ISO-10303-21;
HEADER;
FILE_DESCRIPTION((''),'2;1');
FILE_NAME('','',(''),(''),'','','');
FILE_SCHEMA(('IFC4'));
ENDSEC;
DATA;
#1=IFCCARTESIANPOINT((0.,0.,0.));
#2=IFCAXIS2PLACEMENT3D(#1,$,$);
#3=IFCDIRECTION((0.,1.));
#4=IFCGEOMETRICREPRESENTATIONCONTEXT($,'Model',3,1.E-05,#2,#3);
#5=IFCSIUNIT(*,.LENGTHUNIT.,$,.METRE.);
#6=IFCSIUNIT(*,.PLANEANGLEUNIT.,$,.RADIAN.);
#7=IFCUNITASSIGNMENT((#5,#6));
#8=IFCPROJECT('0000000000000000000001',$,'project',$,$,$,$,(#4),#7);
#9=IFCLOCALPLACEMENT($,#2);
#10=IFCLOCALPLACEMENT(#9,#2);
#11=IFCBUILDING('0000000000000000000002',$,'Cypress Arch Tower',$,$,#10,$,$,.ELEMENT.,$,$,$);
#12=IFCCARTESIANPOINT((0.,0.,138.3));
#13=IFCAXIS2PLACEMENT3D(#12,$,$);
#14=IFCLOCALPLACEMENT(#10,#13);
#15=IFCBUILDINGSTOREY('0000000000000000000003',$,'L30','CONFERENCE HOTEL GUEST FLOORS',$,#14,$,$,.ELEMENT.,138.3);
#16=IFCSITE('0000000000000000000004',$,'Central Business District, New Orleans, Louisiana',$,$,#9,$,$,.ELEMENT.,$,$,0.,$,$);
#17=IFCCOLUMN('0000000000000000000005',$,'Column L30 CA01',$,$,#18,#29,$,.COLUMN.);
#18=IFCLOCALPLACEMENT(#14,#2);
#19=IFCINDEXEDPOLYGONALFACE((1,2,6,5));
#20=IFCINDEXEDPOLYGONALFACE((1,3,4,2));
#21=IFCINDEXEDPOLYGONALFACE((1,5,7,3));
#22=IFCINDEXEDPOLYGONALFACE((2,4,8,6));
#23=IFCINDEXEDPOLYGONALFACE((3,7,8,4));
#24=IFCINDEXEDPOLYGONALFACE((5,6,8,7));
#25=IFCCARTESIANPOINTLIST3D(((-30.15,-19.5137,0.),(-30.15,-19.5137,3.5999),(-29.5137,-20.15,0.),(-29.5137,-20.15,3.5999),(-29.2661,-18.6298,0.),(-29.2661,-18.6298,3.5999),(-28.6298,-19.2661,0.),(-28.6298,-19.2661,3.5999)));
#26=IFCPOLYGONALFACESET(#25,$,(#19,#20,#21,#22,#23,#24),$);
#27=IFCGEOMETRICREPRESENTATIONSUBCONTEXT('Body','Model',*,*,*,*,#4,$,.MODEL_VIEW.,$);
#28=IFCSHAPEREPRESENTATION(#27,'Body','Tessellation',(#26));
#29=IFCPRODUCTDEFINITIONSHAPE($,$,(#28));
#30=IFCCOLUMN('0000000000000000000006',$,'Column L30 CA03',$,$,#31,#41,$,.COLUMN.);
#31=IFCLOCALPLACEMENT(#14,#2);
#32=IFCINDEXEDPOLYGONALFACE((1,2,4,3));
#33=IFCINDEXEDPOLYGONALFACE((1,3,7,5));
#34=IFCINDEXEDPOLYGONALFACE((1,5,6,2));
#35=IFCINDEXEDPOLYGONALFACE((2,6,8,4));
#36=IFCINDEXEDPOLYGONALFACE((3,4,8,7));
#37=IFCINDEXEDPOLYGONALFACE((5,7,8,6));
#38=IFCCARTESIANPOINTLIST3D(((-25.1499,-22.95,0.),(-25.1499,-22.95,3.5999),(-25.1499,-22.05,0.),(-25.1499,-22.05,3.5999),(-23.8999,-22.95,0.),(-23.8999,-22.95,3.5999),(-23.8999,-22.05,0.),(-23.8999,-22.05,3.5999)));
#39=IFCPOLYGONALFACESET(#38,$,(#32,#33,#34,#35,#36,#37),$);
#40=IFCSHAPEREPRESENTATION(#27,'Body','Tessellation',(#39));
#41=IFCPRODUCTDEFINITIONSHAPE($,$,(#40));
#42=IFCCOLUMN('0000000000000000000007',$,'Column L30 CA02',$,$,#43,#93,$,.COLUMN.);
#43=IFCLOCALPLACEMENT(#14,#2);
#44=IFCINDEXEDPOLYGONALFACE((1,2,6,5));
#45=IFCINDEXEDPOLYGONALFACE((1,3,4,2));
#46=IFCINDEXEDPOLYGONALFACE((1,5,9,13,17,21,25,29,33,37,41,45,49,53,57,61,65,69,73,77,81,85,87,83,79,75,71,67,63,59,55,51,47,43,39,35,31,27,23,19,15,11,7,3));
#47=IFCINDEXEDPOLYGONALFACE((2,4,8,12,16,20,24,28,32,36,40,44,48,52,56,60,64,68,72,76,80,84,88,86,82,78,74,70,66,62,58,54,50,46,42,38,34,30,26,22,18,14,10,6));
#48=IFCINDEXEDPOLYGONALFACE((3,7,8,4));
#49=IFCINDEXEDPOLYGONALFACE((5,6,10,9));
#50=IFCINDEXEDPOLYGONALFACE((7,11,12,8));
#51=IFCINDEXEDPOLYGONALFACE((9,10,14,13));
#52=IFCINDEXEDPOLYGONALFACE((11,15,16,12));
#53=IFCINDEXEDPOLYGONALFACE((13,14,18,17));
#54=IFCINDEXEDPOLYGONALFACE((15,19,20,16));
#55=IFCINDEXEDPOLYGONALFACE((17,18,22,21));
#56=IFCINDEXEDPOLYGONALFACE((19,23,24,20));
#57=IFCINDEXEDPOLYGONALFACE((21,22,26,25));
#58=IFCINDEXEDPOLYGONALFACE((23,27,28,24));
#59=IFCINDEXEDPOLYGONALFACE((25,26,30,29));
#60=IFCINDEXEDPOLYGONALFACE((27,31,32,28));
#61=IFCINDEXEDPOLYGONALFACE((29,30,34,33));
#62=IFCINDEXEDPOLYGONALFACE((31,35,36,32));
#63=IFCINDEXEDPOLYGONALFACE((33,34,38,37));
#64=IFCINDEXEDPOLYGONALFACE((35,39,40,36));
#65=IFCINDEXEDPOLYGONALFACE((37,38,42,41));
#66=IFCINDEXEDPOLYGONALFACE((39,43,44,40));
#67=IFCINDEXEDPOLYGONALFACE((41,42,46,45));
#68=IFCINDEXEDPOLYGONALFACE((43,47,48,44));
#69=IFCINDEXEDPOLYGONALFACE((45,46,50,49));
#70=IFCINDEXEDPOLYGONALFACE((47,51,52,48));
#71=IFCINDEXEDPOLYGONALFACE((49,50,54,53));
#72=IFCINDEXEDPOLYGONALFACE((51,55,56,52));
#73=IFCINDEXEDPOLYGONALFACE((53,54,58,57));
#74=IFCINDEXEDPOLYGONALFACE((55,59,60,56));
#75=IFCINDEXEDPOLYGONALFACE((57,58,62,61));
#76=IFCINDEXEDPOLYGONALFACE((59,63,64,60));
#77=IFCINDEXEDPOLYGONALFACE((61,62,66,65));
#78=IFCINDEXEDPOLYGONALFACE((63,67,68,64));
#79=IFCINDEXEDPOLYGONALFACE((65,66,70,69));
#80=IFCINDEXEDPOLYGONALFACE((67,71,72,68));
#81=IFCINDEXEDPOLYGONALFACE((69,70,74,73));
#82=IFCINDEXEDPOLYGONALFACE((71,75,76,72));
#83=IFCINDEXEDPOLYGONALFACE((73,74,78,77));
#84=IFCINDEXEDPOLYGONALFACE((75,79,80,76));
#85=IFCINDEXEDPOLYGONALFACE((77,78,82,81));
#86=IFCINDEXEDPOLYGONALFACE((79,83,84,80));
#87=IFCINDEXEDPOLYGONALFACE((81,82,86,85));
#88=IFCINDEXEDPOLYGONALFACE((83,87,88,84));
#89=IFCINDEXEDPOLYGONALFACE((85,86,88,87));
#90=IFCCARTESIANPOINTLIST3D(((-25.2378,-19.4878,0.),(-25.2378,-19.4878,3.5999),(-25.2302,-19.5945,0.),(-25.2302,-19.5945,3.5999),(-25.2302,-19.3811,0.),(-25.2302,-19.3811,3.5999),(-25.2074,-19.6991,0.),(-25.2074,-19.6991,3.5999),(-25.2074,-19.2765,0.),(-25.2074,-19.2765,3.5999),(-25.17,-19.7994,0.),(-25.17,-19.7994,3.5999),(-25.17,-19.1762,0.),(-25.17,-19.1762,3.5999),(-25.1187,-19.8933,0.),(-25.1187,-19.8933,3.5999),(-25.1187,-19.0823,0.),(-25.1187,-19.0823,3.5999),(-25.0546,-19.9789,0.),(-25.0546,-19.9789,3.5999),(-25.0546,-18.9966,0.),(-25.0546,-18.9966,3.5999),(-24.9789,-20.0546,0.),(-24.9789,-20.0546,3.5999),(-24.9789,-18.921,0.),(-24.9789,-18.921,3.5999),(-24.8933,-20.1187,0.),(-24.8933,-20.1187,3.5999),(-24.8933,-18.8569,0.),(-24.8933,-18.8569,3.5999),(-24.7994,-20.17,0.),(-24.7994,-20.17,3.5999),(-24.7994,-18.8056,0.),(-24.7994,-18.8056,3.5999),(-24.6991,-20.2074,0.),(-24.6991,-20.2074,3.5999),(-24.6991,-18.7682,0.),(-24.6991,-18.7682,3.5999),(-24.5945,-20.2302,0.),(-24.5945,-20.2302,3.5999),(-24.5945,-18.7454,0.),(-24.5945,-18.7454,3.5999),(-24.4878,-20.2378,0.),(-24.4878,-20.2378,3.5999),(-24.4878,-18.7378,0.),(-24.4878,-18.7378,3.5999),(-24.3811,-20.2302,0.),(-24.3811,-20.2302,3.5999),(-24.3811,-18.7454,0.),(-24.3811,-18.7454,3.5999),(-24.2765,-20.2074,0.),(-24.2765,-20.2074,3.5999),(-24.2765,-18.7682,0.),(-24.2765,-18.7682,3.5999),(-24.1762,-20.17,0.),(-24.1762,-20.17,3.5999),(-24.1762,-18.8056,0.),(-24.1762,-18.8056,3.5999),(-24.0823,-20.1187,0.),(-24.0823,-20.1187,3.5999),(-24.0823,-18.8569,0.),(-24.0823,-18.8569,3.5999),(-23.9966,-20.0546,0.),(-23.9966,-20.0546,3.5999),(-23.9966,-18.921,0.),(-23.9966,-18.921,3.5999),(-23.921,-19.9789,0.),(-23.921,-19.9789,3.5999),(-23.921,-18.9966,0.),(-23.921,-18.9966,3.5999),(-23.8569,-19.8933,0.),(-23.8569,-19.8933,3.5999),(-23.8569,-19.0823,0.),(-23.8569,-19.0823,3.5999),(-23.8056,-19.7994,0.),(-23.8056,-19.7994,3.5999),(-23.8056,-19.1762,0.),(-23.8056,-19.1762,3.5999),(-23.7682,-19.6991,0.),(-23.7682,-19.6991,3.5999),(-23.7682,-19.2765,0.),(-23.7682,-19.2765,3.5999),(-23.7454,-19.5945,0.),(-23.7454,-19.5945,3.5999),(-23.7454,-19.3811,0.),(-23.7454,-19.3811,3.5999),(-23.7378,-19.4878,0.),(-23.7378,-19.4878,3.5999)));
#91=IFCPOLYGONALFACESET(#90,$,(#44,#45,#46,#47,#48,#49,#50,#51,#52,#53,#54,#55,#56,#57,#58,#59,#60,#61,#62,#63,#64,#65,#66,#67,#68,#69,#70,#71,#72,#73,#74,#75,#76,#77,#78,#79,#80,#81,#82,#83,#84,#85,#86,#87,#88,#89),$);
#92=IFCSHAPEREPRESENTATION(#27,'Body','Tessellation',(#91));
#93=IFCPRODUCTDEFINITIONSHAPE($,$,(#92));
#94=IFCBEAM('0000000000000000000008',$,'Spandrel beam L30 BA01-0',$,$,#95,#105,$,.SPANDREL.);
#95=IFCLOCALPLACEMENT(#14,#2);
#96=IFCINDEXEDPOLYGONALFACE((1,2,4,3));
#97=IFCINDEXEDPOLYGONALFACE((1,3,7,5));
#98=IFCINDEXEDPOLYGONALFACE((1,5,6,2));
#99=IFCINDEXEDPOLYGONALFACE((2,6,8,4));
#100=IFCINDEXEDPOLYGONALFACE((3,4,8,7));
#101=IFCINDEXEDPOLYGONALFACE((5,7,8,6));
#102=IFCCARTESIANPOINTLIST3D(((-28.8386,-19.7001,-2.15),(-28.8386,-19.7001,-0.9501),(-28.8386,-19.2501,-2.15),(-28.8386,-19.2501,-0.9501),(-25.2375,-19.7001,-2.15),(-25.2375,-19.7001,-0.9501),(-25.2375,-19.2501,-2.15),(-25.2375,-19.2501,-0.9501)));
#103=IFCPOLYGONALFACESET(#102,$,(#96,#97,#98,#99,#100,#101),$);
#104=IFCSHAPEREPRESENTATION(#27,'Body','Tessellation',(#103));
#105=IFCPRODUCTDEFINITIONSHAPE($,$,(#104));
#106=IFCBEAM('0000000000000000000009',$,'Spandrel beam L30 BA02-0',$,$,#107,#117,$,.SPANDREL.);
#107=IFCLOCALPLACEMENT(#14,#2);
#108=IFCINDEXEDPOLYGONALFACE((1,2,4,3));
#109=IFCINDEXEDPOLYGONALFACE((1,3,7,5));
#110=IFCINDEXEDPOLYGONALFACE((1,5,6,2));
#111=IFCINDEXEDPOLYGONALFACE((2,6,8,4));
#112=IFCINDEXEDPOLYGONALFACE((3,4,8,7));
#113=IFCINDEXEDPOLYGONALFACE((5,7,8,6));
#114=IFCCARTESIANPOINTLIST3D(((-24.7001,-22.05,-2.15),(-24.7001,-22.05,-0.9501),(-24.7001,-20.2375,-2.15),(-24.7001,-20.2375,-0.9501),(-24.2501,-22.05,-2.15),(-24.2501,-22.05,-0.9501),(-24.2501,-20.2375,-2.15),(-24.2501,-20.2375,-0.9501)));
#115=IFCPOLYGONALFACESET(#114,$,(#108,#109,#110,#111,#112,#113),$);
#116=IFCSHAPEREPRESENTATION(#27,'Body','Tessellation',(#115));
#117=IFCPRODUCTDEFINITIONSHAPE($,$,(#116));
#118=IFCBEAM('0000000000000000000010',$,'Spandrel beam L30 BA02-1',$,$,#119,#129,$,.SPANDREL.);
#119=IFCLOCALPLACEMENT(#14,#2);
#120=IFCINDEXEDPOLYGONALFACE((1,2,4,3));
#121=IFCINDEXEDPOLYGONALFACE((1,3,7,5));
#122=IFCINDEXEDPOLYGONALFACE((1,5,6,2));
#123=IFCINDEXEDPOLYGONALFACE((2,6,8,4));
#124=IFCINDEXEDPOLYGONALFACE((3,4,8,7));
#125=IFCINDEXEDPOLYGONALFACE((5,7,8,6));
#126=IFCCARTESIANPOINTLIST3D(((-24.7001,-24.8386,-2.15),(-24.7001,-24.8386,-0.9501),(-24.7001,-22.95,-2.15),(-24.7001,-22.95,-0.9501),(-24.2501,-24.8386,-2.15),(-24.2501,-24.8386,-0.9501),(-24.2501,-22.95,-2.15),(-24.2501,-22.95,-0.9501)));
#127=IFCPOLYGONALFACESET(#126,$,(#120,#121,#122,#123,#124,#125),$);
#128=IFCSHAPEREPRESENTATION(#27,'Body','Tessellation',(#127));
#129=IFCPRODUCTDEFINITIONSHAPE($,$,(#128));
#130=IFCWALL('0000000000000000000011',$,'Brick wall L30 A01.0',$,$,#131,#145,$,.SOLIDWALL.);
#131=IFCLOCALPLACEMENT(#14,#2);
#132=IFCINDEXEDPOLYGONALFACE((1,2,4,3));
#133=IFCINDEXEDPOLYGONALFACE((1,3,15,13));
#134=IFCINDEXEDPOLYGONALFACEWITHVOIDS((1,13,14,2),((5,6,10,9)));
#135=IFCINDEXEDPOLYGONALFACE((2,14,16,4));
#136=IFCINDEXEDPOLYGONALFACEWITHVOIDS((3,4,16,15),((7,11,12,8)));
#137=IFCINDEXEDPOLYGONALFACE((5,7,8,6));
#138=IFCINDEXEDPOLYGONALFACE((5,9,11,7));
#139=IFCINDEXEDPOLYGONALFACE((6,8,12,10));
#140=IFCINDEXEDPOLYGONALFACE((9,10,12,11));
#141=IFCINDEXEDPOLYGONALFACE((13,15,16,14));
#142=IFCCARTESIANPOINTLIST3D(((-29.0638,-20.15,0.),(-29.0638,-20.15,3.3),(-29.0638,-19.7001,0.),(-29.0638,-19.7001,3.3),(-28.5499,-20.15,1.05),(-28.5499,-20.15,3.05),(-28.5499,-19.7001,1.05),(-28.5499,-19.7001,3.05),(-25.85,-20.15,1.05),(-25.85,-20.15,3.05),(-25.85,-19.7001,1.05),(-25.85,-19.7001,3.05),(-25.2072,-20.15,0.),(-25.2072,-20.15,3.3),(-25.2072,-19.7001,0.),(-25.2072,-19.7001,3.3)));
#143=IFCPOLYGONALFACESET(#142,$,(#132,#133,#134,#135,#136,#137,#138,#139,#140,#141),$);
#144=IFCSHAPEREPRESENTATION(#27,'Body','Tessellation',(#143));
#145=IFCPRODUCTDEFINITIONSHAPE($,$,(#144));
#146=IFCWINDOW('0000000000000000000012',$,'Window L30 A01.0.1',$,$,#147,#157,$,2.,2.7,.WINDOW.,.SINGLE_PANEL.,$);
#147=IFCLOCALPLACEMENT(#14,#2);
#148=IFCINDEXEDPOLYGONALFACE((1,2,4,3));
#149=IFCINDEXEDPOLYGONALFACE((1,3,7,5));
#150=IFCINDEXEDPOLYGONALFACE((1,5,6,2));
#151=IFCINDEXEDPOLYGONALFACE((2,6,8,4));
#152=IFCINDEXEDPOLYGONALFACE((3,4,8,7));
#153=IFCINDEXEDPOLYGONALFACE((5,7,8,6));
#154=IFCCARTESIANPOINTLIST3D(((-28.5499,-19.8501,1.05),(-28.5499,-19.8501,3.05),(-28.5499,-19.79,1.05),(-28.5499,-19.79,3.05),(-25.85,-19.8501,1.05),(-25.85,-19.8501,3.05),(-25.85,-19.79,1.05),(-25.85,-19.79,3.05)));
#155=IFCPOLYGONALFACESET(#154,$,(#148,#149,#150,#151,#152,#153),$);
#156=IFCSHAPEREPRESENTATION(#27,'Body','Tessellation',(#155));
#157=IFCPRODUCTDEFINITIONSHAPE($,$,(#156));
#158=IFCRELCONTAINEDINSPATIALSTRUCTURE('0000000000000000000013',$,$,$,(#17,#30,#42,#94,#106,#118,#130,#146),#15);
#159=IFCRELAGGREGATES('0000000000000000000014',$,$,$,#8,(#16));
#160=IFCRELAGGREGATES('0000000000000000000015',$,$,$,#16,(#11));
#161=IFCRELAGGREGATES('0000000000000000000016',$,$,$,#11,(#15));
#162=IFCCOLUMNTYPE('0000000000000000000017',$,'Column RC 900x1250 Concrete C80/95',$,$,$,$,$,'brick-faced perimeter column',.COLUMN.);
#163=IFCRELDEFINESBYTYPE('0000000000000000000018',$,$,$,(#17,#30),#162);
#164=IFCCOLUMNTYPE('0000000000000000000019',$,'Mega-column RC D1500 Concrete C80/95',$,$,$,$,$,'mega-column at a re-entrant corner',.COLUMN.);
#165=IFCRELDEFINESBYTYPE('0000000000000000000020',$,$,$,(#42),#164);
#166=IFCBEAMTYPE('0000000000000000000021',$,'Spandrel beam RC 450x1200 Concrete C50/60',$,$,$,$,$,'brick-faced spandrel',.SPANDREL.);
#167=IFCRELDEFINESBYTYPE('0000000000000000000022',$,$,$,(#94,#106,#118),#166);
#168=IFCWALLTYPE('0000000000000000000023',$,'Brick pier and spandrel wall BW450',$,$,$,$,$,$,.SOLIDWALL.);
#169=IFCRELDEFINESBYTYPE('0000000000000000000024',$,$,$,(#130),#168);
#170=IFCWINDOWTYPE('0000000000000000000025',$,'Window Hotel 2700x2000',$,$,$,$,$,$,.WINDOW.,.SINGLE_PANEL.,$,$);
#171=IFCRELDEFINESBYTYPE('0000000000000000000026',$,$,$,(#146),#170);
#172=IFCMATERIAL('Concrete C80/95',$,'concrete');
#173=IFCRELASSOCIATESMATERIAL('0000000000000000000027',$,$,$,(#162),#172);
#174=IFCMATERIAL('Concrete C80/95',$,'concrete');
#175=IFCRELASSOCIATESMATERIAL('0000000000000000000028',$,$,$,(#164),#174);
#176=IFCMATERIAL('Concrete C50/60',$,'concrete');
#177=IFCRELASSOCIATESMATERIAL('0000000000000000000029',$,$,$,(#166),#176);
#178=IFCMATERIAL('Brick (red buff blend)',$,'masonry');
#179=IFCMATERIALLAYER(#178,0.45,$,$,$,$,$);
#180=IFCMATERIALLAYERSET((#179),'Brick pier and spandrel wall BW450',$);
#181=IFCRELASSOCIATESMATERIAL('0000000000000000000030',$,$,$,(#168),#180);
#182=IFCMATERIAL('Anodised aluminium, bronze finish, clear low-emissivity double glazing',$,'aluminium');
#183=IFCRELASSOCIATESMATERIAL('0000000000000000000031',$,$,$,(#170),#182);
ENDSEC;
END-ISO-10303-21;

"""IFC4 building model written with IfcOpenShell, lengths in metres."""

from ifc_helpers import new_model, si_unit, direction, frame, frame_2d, origin, origin_2d, place, context, subcontext, project, spatial, rectangle, circle, extrude, material, layer, layer_set, material_profile, profile_set, type_object, element, fill, save


model = new_model("IFC4")

# Units and contexts
model_context = context("Model", 3, precision=1e-05, world=origin(), true_north=direction((0.0, 1.0)))
body_context = subcontext(model_context, "Body", "Model", "MODEL_VIEW")
ifc_project = project(units=[si_unit("LENGTHUNIT", "METRE"), si_unit("PLANEANGLEUNIT", "RADIAN")], contexts=[model_context])

# Site, building, storey
site_placement = place(None, origin())
site = spatial("IfcSite", under=ifc_project, at=site_placement, Name="Central Business District, New Orleans, Louisiana", CompositionType="ELEMENT", RefElevation=0.0)
building_placement = place(site_placement, origin())
building = spatial("IfcBuilding", under=site, at=building_placement, Name="Cypress Arch Tower", CompositionType="ELEMENT")
storey_placement = place(building_placement, frame((0.0, 0.0, 138.3)))
storey = spatial("IfcBuildingStorey", under=building, at=storey_placement, Name="L30", Description="CONFERENCE HOTEL GUEST FLOORS", CompositionType="ELEMENT", Elevation=138.3)

# Columns
ifc_material_1 = material(Name="Concrete C80/95", Category="concrete")
ifc_material_profile_1 = material_profile(ifc_material_1, rectangle(XDim=0.8999, YDim=1.25, at=origin_2d()), Name="RC 900x1250")
ifc_profile_set_1 = profile_set([ifc_material_profile_1], Name="Concrete C80/95")
column_type_1 = type_object("IfcColumnType", Name="Column RC 900x1250 Concrete C80/95", ElementType="brick-faced perimeter column", PredefinedType="COLUMN", material=ifc_profile_set_1)
for number, where, z_axis, x_axis, name in (
    (1, (-29.3899, -19.3899, 0.0), (0.0, 0.0, 1.0), (0.707107, -0.707107, 0.0), "Column L30 CA01"),
    (2, (-24.5249, -22.5, 0.0), (0.0, 0.0, 1.0), (0.0, -1.0, 0.0), "Column L30 CA03"),
):
    element("IfcColumn", number, at=place(storey_placement, frame(where, z_axis=z_axis, x_axis=x_axis)), inside=storey, type_object=column_type_1, Name=name, PredefinedType="COLUMN", context=body_context, shape_type="SweptSolid", body=[
        extrude(rectangle(XDim=0.8999, YDim=1.25, at=origin_2d()), origin(), (0.0, 0.0, 1.0), 3.5999),
    ])
ifc_material_2 = material(Name="Concrete C80/95", Category="concrete")
ifc_material_profile_2 = material_profile(ifc_material_2, circle(Radius=0.75, at=origin_2d()), Name="RC D1500")
ifc_profile_set_2 = profile_set([ifc_material_profile_2], Name="Concrete C80/95")
column_type_2 = type_object("IfcColumnType", Name="Mega-column RC D1500 Concrete C80/95", ElementType="mega-column at a re-entrant corner", PredefinedType="COLUMN", material=ifc_profile_set_2)
column_placement = place(storey_placement, frame((-24.4878, -19.4878, 0.0), z_axis=(0.0, 0.0, 1.0), x_axis=(1.0, 0.0, 0.0)))
element("IfcColumn", 3, at=column_placement, inside=storey, type_object=column_type_2, Name="Column L30 CA02", PredefinedType="COLUMN", context=body_context, shape_type="SweptSolid", body=[
    extrude(circle(Radius=0.75, at=origin_2d()), origin(), (0.0, 0.0, 1.0), 3.5999),
])

# Beams
ifc_material_3 = material(Name="Concrete C50/60", Category="concrete")
ifc_material_profile_3 = material_profile(ifc_material_3, rectangle(XDim=0.45, YDim=1.2, at=origin_2d()), Name="RC 450x1200")
ifc_profile_set_3 = profile_set([ifc_material_profile_3], Name="Concrete C50/60")
beam_type = type_object("IfcBeamType", Name="Spandrel beam RC 450x1200 Concrete C50/60", ElementType="brick-faced spandrel", PredefinedType="SPANDREL", material=ifc_profile_set_3)
beam_1_placement = place(storey_placement, frame((-28.8386, -19.4751, -1.55), z_axis=(1.0, 0.0, 0.0), x_axis=(0.0, 1.0, 0.0)))
element("IfcBeam", 4, at=beam_1_placement, inside=storey, type_object=beam_type, Name="Spandrel beam L30 BA01-0", PredefinedType="SPANDREL", context=body_context, shape_type="SweptSolid", body=[
    extrude(rectangle(XDim=0.45, YDim=1.2, at=origin_2d()), origin(), (0.0, 0.0, 1.0), 3.6011),
])
beam_2_placement = place(storey_placement, frame((-24.4751, -20.2375, -1.55), z_axis=(0.0, -1.0, 0.0), x_axis=(1.0, 0.0, 0.0)))
element("IfcBeam", 5, at=beam_2_placement, inside=storey, type_object=beam_type, Name="Spandrel beam L30 BA02-0", PredefinedType="SPANDREL", context=body_context, shape_type="SweptSolid", body=[
    extrude(rectangle(XDim=0.45, YDim=1.2, at=origin_2d()), origin(), (0.0, 0.0, 1.0), 1.8125),
])
beam_3_placement = place(storey_placement, frame((-24.4751, -22.95, -1.55), z_axis=(0.0, -1.0, 0.0), x_axis=(1.0, 0.0, 0.0)))
element("IfcBeam", 6, at=beam_3_placement, inside=storey, type_object=beam_type, Name="Spandrel beam L30 BA02-1", PredefinedType="SPANDREL", context=body_context, shape_type="SweptSolid", body=[
    extrude(rectangle(XDim=0.45, YDim=1.2, at=origin_2d()), origin(), (0.0, 0.0, 1.0), 1.8887),
])

# Wall, opening, window
ifc_material_4 = material(Name="Brick (red buff blend)", Category="masonry")
ifc_layer_1 = layer(ifc_material_4, 0.45)
ifc_layer_set_1 = layer_set([ifc_layer_1], Name="Brick pier and spandrel wall BW450")
wall_type_1 = type_object("IfcWallType", Name="Brick pier and spandrel wall BW450", PredefinedType="SOLIDWALL", material=ifc_layer_set_1)
wall_1_placement = place(storey_placement, frame((-29.0637, -19.925, 0.0), z_axis=(0.0, 0.0, 1.0), x_axis=(1.0, 0.0, 0.0)))
wall_1 = element("IfcWall", 7, at=wall_1_placement, inside=storey, type_object=wall_type_1, Name="Brick wall L30 A01.0", PredefinedType="SOLIDWALL", context=body_context, shape_type="SweptSolid", body=[
    extrude(rectangle(XDim=3.8567, YDim=0.45, at=frame_2d((1.9282, 0.0))), origin(), (0.0, 0.0, 1.0), 3.3),
])
opening_1_placement = place(wall_1_placement, frame((0.5137, 0.0, 1.05)))
opening_1 = element("IfcOpeningElement", 8, at=opening_1_placement, cuts=wall_1, PredefinedType="OPENING", context=body_context, shape_type="SweptSolid", body=[
    extrude(rectangle(XDim=2.7, YDim=2.0, at=frame_2d((1.3501, 1.0))), frame((0.0, 0.2349, 0.0), z_axis=(0.0, -1.0, 0.0), x_axis=(1.0, 0.0, 0.0)), (0.0, 0.0, 1.0), 0.47),
])
ifc_material_5 = material(Name="Anodised aluminium, bronze finish, clear low-emissivity double glazing", Category="aluminium")
window_type_1 = type_object("IfcWindowType", Name="Window Hotel 2700x2000", PartitioningType="SINGLE_PANEL", PredefinedType="WINDOW", material=ifc_material_5)
window_1_placement = place(opening_1_placement, origin())
window_1 = element("IfcWindow", 9, at=window_1_placement, inside=storey, type_object=window_type_1, Name="Window L30 A01.0.1", OverallHeight=2.0, OverallWidth=2.7, PartitioningType="SINGLE_PANEL", PredefinedType="WINDOW", context=body_context, shape_type="SweptSolid", body=[
    extrude(rectangle(XDim=2.7, YDim=2.0, at=frame_2d((1.3501, 1.0))), frame((0.0, 0.135, 0.0), z_axis=(0.0, -1.0, 0.0), x_axis=(1.0, 0.0, 0.0)), (0.0, 0.0, 1.0), 0.0601),
])
fill(opening_1, window_1)

save(model, "model.ifc")
